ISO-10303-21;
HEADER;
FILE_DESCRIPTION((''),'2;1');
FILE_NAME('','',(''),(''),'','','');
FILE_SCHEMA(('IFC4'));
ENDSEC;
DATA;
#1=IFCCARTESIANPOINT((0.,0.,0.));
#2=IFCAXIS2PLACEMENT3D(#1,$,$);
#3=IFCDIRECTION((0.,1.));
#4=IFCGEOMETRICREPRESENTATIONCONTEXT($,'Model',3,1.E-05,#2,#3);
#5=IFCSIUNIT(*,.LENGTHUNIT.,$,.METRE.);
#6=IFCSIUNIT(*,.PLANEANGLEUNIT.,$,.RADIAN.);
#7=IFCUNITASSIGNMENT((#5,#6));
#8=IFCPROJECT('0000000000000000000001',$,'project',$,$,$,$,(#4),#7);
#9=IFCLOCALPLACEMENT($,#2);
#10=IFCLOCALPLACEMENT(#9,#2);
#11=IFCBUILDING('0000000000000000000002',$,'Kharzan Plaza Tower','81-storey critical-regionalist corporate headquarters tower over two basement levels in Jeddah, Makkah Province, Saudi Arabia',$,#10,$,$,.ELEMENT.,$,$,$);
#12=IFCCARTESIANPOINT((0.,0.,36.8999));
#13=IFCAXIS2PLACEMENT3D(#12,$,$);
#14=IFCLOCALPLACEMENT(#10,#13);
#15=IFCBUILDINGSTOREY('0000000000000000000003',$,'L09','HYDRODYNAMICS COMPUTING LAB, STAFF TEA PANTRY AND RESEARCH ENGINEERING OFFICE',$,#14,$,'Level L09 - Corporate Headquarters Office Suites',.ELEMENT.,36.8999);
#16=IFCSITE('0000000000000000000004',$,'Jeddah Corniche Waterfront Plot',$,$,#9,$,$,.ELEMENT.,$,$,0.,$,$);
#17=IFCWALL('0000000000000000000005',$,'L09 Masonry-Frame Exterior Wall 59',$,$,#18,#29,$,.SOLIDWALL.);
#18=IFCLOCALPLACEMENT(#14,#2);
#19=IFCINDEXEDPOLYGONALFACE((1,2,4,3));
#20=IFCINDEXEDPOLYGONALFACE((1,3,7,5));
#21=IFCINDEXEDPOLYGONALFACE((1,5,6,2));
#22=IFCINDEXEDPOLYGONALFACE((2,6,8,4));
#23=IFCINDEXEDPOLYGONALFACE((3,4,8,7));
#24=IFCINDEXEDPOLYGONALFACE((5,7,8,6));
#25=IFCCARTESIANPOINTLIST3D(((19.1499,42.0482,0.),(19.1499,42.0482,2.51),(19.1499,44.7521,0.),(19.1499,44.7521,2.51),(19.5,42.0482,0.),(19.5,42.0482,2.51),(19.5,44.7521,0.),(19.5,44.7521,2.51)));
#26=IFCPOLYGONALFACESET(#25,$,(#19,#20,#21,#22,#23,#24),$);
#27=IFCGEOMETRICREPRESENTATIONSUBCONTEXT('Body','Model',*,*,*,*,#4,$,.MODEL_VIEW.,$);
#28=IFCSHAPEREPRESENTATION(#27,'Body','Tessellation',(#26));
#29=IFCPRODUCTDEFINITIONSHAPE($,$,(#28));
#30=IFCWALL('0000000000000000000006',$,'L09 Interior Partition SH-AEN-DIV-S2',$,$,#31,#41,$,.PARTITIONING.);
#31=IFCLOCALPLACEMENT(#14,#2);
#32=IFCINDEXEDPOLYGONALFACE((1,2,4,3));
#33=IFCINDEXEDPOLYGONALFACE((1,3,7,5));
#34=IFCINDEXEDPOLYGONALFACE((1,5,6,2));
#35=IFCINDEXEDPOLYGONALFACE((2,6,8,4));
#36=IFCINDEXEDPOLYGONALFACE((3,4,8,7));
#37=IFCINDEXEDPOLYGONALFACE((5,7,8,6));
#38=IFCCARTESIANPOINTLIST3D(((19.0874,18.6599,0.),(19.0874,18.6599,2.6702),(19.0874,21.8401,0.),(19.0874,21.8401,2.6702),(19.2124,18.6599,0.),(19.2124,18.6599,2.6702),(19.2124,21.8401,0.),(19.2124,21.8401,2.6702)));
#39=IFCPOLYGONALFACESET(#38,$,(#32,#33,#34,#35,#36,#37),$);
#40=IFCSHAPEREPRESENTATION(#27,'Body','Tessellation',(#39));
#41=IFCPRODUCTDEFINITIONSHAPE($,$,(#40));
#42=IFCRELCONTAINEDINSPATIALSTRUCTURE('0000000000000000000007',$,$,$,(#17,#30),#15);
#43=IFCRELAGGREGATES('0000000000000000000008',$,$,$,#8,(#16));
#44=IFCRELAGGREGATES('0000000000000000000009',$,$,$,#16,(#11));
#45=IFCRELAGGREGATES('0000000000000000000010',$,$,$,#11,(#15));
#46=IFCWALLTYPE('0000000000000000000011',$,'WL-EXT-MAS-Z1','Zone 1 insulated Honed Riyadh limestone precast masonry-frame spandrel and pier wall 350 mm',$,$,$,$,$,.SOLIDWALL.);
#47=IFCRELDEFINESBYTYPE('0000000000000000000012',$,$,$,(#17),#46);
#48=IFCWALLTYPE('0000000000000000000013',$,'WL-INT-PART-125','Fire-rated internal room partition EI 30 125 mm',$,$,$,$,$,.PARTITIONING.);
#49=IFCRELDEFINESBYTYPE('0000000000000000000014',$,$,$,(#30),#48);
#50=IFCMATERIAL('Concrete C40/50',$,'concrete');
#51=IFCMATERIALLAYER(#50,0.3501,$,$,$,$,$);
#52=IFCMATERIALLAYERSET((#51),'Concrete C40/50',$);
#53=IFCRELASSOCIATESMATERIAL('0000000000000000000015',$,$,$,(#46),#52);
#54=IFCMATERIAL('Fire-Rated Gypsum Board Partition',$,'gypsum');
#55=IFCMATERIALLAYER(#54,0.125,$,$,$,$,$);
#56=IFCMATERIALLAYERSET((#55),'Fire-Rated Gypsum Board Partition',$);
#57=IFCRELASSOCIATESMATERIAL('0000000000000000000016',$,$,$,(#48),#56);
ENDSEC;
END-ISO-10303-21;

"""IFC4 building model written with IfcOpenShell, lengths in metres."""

from ifc_helpers import new_model, si_unit, direction, frame, frame_2d, origin, place, context, subcontext, project, spatial, rectangle, extrude, source, transform, mapped, material, layer, layer_set, type_object, element, save


model = new_model("IFC4")

# Units and contexts
model_context = context("Model", 3, precision=1e-05, world=origin(), true_north=direction((0.0, 1.0)))
body_context = subcontext(model_context, "Body", "Model", "MODEL_VIEW")
ifc_project = project(units=[si_unit("LENGTHUNIT", "METRE"), si_unit("PLANEANGLEUNIT", "RADIAN")], contexts=[model_context])

# Site, building, storey
site_placement = place(None, origin())
site = spatial("IfcSite", under=ifc_project, at=site_placement, Name="Jeddah Corniche Waterfront Plot", CompositionType="ELEMENT", RefElevation=0.0)
building_placement = place(site_placement, origin())
building = spatial("IfcBuilding", under=site, at=building_placement, Name="Kharzan Plaza Tower", Description="81-storey critical-regionalist corporate headquarters tower over two basement levels in Jeddah, Makkah Province, Saudi Arabia", CompositionType="ELEMENT")
storey_placement = place(building_placement, frame((0.0, 0.0, 36.8999)))
storey = spatial("IfcBuildingStorey", under=building, at=storey_placement, Name="L09", Description="HYDRODYNAMICS COMPUTING LAB, STAFF TEA PANTRY AND RESEARCH ENGINEERING OFFICE", LongName="Level L09 - Corporate Headquarters Office Suites", CompositionType="ELEMENT", Elevation=36.8999)

# Shared definitions
ifc_material_1 = material(Name="Concrete C40/50", Category="concrete")
ifc_layer_1 = layer(ifc_material_1, 0.3501)
ifc_layer_set_1 = layer_set([ifc_layer_1], Name="Concrete C40/50")
wall_type_1 = type_object("IfcWallType", Name="WL-EXT-MAS-Z1", Description="Zone 1 insulated Honed Riyadh limestone precast masonry-frame spandrel and pier wall 350 mm", PredefinedType="SOLIDWALL", material=ifc_layer_set_1)

# Walls
shared_shape_1 = source(origin(), body_context, "Body", "SweptSolid", [
    extrude(rectangle(XDim=2.7039, YDim=0.3501, at=frame_2d((1.3521, 0.0))), origin(), (0.0, 0.0, 1.0), 2.51),
])
wall_1_placement = place(storey_placement, frame((19.325, 42.0481, 0.0), z_axis=(0.0, 0.0, 1.0), x_axis=(0.0, 1.0, 0.0)))
element("IfcWall", 1, at=wall_1_placement, inside=storey, type_object=wall_type_1, Name="L09 Masonry-Frame Exterior Wall 59", PredefinedType="SOLIDWALL", context=body_context, shape_type="MappedRepresentation", body=[
    mapped(shared_shape_1, transform((0.0, 0.0, 0.0), x_axis=(1.0, 0.0, 0.0), y_axis=(0.0, 1.0, 0.0), z_axis=(0.0, 0.0, 1.0))),
])
ifc_material_2 = material(Name="Fire-Rated Gypsum Board Partition", Category="gypsum")
ifc_layer_2 = layer(ifc_material_2, 0.125)
ifc_layer_set_2 = layer_set([ifc_layer_2], Name="Fire-Rated Gypsum Board Partition")
wall_type_2 = type_object("IfcWallType", Name="WL-INT-PART-125", Description="Fire-rated internal room partition EI 30 125 mm", PredefinedType="PARTITIONING", material=ifc_layer_set_2)
shared_shape_2 = source(origin(), body_context, "Body", "SweptSolid", [
    extrude(rectangle(XDim=3.1802, YDim=0.125, at=frame_2d((1.5901, 0.0))), origin(), (0.0, 0.0, 1.0), 2.6702),
])
wall_2_placement = place(storey_placement, frame((19.1499, 18.6599, 0.0), z_axis=(0.0, 0.0, 1.0), x_axis=(0.0, 1.0, 0.0)))
element("IfcWall", 2, at=wall_2_placement, inside=storey, type_object=wall_type_2, Name="L09 Interior Partition SH-AEN-DIV-S2", PredefinedType="PARTITIONING", context=body_context, shape_type="MappedRepresentation", body=[
    mapped(shared_shape_2, transform((0.0, 0.0, 0.0), x_axis=(1.0, 0.0, 0.0), y_axis=(0.0, 1.0, 0.0), z_axis=(0.0, 0.0, 1.0))),
])

save(model, "model.ifc")
